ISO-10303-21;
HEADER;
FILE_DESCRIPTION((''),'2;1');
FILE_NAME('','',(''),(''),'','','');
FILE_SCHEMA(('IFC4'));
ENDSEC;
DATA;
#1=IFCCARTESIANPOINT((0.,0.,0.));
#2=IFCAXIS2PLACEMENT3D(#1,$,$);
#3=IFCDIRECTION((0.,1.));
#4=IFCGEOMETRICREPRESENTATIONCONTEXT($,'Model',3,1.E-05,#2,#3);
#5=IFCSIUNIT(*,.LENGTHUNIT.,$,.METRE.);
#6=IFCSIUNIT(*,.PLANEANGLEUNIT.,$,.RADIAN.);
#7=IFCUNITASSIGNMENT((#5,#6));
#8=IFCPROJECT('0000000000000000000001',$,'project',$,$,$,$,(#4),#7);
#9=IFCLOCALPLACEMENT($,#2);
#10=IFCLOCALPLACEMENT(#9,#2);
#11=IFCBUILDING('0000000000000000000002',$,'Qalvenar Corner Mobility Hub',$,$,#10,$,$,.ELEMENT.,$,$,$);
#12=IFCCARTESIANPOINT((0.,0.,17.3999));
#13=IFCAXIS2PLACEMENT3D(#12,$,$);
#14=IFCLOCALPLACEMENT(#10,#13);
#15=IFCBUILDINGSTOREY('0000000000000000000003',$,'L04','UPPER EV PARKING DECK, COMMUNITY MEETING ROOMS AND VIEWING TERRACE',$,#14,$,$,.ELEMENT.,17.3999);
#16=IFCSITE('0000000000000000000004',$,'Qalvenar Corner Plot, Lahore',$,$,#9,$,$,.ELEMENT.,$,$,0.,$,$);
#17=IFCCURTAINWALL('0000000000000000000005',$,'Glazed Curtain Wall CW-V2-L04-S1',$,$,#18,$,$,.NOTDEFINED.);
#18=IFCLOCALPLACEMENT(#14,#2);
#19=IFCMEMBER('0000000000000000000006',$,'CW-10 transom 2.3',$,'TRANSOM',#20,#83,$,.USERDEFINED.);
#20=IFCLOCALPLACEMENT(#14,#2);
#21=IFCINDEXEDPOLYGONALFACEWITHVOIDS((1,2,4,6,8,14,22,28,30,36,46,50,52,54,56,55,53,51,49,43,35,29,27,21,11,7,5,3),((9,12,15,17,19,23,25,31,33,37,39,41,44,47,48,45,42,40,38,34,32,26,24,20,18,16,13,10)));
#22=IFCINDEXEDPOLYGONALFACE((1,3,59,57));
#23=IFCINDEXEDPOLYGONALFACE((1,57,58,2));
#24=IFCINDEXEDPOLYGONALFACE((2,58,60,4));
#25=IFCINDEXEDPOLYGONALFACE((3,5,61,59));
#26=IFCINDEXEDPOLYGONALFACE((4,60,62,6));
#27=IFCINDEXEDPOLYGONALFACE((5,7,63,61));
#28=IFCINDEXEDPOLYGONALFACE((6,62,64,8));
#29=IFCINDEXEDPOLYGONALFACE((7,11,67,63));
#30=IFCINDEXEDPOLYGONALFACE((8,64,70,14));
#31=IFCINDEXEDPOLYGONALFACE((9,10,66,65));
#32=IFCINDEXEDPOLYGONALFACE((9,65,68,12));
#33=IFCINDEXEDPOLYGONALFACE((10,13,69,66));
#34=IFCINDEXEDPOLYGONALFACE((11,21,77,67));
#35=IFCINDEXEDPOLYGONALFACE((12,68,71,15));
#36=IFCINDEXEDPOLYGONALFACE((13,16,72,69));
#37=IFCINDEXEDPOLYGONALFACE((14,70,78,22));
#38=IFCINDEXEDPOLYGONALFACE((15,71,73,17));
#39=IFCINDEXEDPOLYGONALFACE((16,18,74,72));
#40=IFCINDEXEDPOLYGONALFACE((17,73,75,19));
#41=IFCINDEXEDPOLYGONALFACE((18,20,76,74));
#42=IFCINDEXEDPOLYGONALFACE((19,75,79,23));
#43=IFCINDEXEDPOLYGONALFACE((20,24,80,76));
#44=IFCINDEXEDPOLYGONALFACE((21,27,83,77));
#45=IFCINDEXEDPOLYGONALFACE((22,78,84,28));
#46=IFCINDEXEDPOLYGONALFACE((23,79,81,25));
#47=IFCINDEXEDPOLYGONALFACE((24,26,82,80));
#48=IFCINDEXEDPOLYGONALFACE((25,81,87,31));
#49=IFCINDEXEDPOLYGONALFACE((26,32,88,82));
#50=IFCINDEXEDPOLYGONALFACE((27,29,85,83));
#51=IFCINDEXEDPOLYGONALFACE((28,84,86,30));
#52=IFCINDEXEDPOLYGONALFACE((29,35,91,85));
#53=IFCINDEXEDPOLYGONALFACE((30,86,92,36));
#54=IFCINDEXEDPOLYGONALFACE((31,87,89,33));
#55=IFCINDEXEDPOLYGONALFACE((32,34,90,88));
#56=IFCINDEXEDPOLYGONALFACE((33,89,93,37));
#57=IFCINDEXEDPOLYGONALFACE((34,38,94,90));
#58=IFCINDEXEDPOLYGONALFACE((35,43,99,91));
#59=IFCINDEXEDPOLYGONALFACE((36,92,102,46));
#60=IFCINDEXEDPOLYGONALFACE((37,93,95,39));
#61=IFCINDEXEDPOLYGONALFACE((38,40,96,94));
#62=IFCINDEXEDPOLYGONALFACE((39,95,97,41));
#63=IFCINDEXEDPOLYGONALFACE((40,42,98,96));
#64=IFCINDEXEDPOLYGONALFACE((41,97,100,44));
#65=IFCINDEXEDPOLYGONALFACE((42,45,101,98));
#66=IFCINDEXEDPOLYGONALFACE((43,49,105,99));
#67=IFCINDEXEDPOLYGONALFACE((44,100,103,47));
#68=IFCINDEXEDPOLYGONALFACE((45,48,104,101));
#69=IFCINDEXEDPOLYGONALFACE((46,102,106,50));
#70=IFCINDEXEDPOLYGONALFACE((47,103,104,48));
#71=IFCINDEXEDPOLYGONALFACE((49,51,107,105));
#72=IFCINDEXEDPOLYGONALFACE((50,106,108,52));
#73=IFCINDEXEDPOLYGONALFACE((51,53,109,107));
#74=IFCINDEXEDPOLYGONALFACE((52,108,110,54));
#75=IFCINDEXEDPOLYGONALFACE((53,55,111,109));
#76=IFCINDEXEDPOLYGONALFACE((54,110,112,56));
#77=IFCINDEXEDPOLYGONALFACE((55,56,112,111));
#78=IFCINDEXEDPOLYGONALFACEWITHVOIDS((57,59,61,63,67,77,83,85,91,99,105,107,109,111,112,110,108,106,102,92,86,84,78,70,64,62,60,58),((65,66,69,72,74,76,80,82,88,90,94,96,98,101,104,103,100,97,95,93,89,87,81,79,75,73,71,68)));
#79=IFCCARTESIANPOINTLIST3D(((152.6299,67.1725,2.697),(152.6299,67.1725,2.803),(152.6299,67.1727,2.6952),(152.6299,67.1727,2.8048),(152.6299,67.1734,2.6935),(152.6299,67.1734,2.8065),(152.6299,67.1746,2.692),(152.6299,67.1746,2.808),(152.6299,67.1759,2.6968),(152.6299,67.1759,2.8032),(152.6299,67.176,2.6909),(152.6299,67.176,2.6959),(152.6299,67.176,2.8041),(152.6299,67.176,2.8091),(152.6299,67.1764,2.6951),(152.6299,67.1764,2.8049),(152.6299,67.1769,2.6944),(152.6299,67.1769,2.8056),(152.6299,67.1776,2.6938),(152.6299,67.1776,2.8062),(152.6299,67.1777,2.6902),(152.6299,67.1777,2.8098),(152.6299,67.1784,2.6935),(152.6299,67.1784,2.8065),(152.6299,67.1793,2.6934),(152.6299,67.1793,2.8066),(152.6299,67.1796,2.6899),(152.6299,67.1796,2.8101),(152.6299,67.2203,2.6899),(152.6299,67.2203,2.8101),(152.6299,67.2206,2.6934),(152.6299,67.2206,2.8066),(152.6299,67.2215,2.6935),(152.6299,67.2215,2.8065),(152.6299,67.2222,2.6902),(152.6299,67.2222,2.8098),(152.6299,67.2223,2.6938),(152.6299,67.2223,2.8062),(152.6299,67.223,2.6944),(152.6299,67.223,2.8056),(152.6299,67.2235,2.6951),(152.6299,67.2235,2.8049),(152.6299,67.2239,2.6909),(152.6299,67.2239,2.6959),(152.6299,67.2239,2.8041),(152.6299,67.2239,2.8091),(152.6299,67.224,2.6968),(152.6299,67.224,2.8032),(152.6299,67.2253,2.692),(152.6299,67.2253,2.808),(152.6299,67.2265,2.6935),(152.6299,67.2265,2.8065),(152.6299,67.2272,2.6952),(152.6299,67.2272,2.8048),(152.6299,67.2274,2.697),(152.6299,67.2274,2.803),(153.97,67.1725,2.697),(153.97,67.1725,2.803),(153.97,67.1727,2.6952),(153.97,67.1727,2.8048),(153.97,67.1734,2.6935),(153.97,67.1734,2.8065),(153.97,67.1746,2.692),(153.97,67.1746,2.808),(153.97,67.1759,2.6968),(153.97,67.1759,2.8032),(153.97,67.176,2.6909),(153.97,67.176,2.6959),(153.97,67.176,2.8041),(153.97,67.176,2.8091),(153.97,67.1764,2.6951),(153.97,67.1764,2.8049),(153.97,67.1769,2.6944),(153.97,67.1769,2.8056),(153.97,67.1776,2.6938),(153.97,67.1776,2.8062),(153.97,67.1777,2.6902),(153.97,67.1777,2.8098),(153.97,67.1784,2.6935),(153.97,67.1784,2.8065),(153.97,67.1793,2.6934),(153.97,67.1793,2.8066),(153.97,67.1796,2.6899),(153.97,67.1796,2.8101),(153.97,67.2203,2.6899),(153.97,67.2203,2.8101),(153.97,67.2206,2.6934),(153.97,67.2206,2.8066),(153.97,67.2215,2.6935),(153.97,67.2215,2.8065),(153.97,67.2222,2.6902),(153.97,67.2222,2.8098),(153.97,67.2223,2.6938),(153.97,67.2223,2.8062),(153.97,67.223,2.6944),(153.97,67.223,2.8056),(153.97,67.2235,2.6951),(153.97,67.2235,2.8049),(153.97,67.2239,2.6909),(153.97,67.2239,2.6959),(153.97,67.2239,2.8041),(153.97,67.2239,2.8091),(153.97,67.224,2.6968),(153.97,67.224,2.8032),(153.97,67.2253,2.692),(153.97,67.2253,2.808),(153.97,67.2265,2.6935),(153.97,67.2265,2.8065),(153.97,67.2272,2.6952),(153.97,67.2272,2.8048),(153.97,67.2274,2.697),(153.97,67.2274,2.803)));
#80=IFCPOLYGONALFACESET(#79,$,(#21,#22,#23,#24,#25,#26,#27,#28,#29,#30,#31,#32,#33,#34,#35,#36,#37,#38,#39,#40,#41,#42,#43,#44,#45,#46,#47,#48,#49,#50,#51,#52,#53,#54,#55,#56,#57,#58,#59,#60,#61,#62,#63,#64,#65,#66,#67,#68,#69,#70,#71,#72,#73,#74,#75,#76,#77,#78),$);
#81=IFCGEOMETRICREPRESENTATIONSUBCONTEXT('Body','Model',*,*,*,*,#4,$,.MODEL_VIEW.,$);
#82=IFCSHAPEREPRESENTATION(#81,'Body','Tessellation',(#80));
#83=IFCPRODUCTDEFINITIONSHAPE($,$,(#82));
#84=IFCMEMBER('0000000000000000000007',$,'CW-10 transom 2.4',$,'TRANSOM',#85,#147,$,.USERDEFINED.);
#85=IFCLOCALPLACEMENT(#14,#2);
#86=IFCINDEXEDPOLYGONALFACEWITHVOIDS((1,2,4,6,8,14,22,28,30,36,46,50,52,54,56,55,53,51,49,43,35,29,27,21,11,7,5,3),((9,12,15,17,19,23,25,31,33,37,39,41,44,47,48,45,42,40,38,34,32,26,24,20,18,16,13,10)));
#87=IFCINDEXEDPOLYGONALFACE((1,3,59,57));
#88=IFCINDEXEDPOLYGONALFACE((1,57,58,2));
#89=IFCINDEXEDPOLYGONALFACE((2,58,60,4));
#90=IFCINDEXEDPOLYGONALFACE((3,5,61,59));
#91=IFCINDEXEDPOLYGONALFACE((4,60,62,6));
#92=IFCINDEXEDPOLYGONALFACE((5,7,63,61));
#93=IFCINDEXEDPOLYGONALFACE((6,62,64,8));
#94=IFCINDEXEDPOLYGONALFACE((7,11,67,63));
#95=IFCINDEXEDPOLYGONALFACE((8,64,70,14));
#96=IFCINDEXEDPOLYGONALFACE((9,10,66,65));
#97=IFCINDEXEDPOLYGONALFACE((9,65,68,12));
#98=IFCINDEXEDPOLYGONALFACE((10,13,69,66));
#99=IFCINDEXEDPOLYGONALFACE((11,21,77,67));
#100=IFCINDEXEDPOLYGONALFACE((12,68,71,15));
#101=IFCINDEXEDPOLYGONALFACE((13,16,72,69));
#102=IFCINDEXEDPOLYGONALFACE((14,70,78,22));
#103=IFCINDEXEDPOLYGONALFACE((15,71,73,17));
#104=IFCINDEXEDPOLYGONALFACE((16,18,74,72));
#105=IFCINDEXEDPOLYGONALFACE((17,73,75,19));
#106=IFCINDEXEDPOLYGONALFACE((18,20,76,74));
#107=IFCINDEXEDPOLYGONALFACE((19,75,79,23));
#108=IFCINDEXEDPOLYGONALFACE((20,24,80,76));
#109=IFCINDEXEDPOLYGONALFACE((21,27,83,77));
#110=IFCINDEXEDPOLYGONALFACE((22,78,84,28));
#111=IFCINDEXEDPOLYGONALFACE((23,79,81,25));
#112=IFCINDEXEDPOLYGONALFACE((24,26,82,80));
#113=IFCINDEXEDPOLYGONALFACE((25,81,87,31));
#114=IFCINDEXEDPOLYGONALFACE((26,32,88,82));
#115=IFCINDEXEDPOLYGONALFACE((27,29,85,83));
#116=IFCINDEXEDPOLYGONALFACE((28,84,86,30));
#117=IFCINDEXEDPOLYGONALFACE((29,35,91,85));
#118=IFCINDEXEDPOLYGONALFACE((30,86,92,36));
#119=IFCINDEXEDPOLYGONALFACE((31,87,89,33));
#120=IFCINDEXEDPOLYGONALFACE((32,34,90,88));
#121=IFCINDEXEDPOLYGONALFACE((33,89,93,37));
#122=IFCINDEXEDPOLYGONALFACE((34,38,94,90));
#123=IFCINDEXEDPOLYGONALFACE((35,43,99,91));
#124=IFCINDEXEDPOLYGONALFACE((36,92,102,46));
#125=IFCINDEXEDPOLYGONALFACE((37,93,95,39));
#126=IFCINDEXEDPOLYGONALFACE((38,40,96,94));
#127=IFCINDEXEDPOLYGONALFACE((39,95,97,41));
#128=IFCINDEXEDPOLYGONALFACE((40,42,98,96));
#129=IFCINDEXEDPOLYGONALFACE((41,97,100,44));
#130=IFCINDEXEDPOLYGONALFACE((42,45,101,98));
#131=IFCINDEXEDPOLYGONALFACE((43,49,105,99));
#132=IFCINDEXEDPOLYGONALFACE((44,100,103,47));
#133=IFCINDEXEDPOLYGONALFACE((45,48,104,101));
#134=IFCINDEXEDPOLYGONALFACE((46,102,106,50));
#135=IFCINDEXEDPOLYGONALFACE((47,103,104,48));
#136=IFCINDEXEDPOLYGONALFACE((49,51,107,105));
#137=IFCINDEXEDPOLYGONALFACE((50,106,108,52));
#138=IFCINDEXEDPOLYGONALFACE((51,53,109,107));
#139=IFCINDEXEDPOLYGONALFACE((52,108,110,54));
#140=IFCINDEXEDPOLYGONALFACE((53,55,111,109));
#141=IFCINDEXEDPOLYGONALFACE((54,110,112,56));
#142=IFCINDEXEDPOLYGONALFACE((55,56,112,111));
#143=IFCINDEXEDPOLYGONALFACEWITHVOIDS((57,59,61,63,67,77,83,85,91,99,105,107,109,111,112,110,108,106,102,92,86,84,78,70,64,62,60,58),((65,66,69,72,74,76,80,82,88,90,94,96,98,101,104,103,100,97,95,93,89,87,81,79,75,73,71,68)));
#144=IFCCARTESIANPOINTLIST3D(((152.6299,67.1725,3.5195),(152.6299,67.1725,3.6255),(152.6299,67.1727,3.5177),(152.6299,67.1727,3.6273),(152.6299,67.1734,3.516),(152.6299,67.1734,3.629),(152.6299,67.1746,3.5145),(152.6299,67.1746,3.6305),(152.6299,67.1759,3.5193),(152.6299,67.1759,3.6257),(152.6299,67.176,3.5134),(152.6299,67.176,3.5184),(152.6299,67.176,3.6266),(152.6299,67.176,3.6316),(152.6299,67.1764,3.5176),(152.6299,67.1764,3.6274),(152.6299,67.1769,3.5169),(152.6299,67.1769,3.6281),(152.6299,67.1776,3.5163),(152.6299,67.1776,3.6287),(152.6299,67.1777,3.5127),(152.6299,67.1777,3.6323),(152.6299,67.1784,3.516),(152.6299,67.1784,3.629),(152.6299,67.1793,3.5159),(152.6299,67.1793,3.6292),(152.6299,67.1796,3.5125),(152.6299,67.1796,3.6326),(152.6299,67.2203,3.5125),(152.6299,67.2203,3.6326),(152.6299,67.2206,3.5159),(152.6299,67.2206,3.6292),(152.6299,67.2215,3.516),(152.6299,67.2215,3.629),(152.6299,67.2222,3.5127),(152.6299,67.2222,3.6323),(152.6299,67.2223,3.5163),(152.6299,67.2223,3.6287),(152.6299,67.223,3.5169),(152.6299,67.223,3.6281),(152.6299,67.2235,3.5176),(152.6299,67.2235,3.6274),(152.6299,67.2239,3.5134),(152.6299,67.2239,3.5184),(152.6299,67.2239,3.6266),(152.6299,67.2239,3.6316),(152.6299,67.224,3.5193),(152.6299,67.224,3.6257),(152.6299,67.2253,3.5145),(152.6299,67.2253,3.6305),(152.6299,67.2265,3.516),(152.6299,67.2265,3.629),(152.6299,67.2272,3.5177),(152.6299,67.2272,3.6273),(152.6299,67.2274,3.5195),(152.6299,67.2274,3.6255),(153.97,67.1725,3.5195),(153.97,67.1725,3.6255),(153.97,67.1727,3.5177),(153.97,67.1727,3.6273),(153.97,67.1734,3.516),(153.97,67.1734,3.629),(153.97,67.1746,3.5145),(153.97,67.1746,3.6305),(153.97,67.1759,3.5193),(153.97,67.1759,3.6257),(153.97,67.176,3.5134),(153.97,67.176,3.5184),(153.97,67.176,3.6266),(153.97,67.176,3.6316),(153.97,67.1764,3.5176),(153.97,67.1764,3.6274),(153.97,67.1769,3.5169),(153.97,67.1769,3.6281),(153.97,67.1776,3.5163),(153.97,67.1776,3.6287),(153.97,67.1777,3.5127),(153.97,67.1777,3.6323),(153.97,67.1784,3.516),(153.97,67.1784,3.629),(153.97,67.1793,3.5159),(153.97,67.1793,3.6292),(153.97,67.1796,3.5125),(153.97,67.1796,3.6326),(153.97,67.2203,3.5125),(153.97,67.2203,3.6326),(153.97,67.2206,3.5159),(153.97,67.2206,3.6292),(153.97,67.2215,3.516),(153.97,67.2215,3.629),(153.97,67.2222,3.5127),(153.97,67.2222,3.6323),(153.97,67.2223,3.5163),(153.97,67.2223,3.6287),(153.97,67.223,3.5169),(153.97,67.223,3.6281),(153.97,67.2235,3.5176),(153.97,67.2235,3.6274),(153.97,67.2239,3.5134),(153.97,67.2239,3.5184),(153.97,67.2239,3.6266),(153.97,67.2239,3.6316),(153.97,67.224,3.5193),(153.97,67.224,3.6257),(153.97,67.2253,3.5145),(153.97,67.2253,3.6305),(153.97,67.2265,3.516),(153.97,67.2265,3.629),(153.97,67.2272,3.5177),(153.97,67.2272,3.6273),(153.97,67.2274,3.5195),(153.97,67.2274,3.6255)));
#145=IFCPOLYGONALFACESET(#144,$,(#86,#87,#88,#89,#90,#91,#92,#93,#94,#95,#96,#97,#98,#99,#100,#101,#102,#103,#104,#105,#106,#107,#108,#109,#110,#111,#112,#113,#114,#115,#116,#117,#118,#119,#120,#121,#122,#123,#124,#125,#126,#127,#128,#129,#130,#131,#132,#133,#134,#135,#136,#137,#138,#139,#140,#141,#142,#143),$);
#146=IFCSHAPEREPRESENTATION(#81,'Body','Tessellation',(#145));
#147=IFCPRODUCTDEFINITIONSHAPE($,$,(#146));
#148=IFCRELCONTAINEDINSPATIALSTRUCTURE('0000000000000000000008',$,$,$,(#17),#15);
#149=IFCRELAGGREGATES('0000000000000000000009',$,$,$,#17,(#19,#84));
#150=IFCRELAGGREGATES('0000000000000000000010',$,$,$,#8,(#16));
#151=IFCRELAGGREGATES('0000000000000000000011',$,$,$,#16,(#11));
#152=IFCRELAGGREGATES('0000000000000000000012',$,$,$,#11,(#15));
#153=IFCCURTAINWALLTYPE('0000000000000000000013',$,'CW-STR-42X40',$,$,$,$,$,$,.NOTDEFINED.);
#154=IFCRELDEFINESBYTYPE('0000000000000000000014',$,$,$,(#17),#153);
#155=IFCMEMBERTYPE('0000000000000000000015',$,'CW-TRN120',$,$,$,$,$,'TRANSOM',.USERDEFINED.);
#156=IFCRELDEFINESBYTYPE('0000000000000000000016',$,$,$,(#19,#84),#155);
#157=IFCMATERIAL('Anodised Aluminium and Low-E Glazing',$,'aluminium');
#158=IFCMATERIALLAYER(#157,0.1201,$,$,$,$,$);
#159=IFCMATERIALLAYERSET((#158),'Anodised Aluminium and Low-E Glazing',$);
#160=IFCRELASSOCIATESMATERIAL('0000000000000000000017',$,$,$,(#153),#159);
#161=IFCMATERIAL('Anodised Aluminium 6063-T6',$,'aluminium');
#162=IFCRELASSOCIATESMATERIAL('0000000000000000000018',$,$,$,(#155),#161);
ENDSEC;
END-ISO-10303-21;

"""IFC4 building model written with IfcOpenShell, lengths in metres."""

from ifc_helpers import new_model, si_unit, direction, frame, origin, origin_2d, place, context, subcontext, project, spatial, hollow_rectangle, extrude, material, layer, layer_set, material_profile, profile_set, type_object, element, aggregate, save


model = new_model("IFC4")

# Units and contexts
model_context = context("Model", 3, precision=1e-05, world=origin(), true_north=direction((0.0, 1.0)))
body_context = subcontext(model_context, "Body", "Model", "MODEL_VIEW")
ifc_project = project(units=[si_unit("LENGTHUNIT", "METRE"), si_unit("PLANEANGLEUNIT", "RADIAN")], contexts=[model_context])

# Site, building, storey
site_placement = place(None, origin())
site = spatial("IfcSite", under=ifc_project, at=site_placement, Name="Qalvenar Corner Plot, Lahore", CompositionType="ELEMENT", RefElevation=0.0)
building_placement = place(site_placement, origin())
building = spatial("IfcBuilding", under=site, at=building_placement, Name="Qalvenar Corner Mobility Hub", CompositionType="ELEMENT")
storey_placement = place(building_placement, frame((0.0, 0.0, 17.3999)))
storey = spatial("IfcBuildingStorey", under=building, at=storey_placement, Name="L04", Description="UPPER EV PARKING DECK, COMMUNITY MEETING ROOMS AND VIEWING TERRACE", CompositionType="ELEMENT", Elevation=17.3999)

# Curtain wall, members
ifc_material_1 = material(Name="Anodised Aluminium and Low-E Glazing", Category="aluminium")
ifc_layer_1 = layer(ifc_material_1, 0.1201)
ifc_layer_set_1 = layer_set([ifc_layer_1], Name="Anodised Aluminium and Low-E Glazing")
curtain_wall_type = type_object("IfcCurtainWallType", Name="CW-STR-42X40", PredefinedType="NOTDEFINED", material=ifc_layer_set_1)
curtain_wall_placement = place(storey_placement, origin())
curtain_wall = element("IfcCurtainWall", 1, at=curtain_wall_placement, inside=storey, type_object=curtain_wall_type, Name="Glazed Curtain Wall CW-V2-L04-S1", PredefinedType="NOTDEFINED")
ifc_material_2 = material(Name="Anodised Aluminium 6063-T6", Category="aluminium")
ifc_material_profile_1 = material_profile(ifc_material_2, hollow_rectangle(XDim=0.0549, YDim=0.1201, WallThickness=0.0034, InnerFilletRadius=0.0034, OuterFilletRadius=0.0071, at=origin_2d()), Name="RHS120x55x3.5")
ifc_profile_set_1 = profile_set([ifc_material_profile_1], Name="Anodised Aluminium 6063-T6")
member_type_1 = type_object("IfcMemberType", Name="CW-TRN120", ElementType="TRANSOM", PredefinedType="USERDEFINED", material=ifc_profile_set_1)
member_1_placement = place(storey_placement, frame((152.6299, 67.2, 2.75), z_axis=(1.0, 0.0, 0.0), x_axis=(0.0, 1.0, 0.0)))
member_1 = element("IfcMember", 2, at=member_1_placement, type_object=member_type_1, Name="CW-10 transom 2.3", ObjectType="TRANSOM", PredefinedType="USERDEFINED", context=body_context, shape_type="SweptSolid", body=[
    extrude(hollow_rectangle(XDim=0.0549, YDim=0.1201, WallThickness=0.0034, InnerFilletRadius=0.0034, OuterFilletRadius=0.0071, at=origin_2d()), origin(), (0.0, 0.0, 1.0), 1.3401),
])
member_2_placement = place(storey_placement, frame((152.6299, 67.2, 3.5725), z_axis=(1.0, 0.0, 0.0), x_axis=(0.0, 1.0, 0.0)))
member_2 = element("IfcMember", 3, at=member_2_placement, type_object=member_type_1, Name="CW-10 transom 2.4", ObjectType="TRANSOM", PredefinedType="USERDEFINED", context=body_context, shape_type="SweptSolid", body=[
    extrude(hollow_rectangle(XDim=0.0549, YDim=0.1201, WallThickness=0.0034, InnerFilletRadius=0.0034, OuterFilletRadius=0.0071, at=origin_2d()), origin(), (0.0, 0.0, 1.0), 1.3401),
])
aggregate(curtain_wall, [member_1, member_2])

save(model, "model.ifc")
